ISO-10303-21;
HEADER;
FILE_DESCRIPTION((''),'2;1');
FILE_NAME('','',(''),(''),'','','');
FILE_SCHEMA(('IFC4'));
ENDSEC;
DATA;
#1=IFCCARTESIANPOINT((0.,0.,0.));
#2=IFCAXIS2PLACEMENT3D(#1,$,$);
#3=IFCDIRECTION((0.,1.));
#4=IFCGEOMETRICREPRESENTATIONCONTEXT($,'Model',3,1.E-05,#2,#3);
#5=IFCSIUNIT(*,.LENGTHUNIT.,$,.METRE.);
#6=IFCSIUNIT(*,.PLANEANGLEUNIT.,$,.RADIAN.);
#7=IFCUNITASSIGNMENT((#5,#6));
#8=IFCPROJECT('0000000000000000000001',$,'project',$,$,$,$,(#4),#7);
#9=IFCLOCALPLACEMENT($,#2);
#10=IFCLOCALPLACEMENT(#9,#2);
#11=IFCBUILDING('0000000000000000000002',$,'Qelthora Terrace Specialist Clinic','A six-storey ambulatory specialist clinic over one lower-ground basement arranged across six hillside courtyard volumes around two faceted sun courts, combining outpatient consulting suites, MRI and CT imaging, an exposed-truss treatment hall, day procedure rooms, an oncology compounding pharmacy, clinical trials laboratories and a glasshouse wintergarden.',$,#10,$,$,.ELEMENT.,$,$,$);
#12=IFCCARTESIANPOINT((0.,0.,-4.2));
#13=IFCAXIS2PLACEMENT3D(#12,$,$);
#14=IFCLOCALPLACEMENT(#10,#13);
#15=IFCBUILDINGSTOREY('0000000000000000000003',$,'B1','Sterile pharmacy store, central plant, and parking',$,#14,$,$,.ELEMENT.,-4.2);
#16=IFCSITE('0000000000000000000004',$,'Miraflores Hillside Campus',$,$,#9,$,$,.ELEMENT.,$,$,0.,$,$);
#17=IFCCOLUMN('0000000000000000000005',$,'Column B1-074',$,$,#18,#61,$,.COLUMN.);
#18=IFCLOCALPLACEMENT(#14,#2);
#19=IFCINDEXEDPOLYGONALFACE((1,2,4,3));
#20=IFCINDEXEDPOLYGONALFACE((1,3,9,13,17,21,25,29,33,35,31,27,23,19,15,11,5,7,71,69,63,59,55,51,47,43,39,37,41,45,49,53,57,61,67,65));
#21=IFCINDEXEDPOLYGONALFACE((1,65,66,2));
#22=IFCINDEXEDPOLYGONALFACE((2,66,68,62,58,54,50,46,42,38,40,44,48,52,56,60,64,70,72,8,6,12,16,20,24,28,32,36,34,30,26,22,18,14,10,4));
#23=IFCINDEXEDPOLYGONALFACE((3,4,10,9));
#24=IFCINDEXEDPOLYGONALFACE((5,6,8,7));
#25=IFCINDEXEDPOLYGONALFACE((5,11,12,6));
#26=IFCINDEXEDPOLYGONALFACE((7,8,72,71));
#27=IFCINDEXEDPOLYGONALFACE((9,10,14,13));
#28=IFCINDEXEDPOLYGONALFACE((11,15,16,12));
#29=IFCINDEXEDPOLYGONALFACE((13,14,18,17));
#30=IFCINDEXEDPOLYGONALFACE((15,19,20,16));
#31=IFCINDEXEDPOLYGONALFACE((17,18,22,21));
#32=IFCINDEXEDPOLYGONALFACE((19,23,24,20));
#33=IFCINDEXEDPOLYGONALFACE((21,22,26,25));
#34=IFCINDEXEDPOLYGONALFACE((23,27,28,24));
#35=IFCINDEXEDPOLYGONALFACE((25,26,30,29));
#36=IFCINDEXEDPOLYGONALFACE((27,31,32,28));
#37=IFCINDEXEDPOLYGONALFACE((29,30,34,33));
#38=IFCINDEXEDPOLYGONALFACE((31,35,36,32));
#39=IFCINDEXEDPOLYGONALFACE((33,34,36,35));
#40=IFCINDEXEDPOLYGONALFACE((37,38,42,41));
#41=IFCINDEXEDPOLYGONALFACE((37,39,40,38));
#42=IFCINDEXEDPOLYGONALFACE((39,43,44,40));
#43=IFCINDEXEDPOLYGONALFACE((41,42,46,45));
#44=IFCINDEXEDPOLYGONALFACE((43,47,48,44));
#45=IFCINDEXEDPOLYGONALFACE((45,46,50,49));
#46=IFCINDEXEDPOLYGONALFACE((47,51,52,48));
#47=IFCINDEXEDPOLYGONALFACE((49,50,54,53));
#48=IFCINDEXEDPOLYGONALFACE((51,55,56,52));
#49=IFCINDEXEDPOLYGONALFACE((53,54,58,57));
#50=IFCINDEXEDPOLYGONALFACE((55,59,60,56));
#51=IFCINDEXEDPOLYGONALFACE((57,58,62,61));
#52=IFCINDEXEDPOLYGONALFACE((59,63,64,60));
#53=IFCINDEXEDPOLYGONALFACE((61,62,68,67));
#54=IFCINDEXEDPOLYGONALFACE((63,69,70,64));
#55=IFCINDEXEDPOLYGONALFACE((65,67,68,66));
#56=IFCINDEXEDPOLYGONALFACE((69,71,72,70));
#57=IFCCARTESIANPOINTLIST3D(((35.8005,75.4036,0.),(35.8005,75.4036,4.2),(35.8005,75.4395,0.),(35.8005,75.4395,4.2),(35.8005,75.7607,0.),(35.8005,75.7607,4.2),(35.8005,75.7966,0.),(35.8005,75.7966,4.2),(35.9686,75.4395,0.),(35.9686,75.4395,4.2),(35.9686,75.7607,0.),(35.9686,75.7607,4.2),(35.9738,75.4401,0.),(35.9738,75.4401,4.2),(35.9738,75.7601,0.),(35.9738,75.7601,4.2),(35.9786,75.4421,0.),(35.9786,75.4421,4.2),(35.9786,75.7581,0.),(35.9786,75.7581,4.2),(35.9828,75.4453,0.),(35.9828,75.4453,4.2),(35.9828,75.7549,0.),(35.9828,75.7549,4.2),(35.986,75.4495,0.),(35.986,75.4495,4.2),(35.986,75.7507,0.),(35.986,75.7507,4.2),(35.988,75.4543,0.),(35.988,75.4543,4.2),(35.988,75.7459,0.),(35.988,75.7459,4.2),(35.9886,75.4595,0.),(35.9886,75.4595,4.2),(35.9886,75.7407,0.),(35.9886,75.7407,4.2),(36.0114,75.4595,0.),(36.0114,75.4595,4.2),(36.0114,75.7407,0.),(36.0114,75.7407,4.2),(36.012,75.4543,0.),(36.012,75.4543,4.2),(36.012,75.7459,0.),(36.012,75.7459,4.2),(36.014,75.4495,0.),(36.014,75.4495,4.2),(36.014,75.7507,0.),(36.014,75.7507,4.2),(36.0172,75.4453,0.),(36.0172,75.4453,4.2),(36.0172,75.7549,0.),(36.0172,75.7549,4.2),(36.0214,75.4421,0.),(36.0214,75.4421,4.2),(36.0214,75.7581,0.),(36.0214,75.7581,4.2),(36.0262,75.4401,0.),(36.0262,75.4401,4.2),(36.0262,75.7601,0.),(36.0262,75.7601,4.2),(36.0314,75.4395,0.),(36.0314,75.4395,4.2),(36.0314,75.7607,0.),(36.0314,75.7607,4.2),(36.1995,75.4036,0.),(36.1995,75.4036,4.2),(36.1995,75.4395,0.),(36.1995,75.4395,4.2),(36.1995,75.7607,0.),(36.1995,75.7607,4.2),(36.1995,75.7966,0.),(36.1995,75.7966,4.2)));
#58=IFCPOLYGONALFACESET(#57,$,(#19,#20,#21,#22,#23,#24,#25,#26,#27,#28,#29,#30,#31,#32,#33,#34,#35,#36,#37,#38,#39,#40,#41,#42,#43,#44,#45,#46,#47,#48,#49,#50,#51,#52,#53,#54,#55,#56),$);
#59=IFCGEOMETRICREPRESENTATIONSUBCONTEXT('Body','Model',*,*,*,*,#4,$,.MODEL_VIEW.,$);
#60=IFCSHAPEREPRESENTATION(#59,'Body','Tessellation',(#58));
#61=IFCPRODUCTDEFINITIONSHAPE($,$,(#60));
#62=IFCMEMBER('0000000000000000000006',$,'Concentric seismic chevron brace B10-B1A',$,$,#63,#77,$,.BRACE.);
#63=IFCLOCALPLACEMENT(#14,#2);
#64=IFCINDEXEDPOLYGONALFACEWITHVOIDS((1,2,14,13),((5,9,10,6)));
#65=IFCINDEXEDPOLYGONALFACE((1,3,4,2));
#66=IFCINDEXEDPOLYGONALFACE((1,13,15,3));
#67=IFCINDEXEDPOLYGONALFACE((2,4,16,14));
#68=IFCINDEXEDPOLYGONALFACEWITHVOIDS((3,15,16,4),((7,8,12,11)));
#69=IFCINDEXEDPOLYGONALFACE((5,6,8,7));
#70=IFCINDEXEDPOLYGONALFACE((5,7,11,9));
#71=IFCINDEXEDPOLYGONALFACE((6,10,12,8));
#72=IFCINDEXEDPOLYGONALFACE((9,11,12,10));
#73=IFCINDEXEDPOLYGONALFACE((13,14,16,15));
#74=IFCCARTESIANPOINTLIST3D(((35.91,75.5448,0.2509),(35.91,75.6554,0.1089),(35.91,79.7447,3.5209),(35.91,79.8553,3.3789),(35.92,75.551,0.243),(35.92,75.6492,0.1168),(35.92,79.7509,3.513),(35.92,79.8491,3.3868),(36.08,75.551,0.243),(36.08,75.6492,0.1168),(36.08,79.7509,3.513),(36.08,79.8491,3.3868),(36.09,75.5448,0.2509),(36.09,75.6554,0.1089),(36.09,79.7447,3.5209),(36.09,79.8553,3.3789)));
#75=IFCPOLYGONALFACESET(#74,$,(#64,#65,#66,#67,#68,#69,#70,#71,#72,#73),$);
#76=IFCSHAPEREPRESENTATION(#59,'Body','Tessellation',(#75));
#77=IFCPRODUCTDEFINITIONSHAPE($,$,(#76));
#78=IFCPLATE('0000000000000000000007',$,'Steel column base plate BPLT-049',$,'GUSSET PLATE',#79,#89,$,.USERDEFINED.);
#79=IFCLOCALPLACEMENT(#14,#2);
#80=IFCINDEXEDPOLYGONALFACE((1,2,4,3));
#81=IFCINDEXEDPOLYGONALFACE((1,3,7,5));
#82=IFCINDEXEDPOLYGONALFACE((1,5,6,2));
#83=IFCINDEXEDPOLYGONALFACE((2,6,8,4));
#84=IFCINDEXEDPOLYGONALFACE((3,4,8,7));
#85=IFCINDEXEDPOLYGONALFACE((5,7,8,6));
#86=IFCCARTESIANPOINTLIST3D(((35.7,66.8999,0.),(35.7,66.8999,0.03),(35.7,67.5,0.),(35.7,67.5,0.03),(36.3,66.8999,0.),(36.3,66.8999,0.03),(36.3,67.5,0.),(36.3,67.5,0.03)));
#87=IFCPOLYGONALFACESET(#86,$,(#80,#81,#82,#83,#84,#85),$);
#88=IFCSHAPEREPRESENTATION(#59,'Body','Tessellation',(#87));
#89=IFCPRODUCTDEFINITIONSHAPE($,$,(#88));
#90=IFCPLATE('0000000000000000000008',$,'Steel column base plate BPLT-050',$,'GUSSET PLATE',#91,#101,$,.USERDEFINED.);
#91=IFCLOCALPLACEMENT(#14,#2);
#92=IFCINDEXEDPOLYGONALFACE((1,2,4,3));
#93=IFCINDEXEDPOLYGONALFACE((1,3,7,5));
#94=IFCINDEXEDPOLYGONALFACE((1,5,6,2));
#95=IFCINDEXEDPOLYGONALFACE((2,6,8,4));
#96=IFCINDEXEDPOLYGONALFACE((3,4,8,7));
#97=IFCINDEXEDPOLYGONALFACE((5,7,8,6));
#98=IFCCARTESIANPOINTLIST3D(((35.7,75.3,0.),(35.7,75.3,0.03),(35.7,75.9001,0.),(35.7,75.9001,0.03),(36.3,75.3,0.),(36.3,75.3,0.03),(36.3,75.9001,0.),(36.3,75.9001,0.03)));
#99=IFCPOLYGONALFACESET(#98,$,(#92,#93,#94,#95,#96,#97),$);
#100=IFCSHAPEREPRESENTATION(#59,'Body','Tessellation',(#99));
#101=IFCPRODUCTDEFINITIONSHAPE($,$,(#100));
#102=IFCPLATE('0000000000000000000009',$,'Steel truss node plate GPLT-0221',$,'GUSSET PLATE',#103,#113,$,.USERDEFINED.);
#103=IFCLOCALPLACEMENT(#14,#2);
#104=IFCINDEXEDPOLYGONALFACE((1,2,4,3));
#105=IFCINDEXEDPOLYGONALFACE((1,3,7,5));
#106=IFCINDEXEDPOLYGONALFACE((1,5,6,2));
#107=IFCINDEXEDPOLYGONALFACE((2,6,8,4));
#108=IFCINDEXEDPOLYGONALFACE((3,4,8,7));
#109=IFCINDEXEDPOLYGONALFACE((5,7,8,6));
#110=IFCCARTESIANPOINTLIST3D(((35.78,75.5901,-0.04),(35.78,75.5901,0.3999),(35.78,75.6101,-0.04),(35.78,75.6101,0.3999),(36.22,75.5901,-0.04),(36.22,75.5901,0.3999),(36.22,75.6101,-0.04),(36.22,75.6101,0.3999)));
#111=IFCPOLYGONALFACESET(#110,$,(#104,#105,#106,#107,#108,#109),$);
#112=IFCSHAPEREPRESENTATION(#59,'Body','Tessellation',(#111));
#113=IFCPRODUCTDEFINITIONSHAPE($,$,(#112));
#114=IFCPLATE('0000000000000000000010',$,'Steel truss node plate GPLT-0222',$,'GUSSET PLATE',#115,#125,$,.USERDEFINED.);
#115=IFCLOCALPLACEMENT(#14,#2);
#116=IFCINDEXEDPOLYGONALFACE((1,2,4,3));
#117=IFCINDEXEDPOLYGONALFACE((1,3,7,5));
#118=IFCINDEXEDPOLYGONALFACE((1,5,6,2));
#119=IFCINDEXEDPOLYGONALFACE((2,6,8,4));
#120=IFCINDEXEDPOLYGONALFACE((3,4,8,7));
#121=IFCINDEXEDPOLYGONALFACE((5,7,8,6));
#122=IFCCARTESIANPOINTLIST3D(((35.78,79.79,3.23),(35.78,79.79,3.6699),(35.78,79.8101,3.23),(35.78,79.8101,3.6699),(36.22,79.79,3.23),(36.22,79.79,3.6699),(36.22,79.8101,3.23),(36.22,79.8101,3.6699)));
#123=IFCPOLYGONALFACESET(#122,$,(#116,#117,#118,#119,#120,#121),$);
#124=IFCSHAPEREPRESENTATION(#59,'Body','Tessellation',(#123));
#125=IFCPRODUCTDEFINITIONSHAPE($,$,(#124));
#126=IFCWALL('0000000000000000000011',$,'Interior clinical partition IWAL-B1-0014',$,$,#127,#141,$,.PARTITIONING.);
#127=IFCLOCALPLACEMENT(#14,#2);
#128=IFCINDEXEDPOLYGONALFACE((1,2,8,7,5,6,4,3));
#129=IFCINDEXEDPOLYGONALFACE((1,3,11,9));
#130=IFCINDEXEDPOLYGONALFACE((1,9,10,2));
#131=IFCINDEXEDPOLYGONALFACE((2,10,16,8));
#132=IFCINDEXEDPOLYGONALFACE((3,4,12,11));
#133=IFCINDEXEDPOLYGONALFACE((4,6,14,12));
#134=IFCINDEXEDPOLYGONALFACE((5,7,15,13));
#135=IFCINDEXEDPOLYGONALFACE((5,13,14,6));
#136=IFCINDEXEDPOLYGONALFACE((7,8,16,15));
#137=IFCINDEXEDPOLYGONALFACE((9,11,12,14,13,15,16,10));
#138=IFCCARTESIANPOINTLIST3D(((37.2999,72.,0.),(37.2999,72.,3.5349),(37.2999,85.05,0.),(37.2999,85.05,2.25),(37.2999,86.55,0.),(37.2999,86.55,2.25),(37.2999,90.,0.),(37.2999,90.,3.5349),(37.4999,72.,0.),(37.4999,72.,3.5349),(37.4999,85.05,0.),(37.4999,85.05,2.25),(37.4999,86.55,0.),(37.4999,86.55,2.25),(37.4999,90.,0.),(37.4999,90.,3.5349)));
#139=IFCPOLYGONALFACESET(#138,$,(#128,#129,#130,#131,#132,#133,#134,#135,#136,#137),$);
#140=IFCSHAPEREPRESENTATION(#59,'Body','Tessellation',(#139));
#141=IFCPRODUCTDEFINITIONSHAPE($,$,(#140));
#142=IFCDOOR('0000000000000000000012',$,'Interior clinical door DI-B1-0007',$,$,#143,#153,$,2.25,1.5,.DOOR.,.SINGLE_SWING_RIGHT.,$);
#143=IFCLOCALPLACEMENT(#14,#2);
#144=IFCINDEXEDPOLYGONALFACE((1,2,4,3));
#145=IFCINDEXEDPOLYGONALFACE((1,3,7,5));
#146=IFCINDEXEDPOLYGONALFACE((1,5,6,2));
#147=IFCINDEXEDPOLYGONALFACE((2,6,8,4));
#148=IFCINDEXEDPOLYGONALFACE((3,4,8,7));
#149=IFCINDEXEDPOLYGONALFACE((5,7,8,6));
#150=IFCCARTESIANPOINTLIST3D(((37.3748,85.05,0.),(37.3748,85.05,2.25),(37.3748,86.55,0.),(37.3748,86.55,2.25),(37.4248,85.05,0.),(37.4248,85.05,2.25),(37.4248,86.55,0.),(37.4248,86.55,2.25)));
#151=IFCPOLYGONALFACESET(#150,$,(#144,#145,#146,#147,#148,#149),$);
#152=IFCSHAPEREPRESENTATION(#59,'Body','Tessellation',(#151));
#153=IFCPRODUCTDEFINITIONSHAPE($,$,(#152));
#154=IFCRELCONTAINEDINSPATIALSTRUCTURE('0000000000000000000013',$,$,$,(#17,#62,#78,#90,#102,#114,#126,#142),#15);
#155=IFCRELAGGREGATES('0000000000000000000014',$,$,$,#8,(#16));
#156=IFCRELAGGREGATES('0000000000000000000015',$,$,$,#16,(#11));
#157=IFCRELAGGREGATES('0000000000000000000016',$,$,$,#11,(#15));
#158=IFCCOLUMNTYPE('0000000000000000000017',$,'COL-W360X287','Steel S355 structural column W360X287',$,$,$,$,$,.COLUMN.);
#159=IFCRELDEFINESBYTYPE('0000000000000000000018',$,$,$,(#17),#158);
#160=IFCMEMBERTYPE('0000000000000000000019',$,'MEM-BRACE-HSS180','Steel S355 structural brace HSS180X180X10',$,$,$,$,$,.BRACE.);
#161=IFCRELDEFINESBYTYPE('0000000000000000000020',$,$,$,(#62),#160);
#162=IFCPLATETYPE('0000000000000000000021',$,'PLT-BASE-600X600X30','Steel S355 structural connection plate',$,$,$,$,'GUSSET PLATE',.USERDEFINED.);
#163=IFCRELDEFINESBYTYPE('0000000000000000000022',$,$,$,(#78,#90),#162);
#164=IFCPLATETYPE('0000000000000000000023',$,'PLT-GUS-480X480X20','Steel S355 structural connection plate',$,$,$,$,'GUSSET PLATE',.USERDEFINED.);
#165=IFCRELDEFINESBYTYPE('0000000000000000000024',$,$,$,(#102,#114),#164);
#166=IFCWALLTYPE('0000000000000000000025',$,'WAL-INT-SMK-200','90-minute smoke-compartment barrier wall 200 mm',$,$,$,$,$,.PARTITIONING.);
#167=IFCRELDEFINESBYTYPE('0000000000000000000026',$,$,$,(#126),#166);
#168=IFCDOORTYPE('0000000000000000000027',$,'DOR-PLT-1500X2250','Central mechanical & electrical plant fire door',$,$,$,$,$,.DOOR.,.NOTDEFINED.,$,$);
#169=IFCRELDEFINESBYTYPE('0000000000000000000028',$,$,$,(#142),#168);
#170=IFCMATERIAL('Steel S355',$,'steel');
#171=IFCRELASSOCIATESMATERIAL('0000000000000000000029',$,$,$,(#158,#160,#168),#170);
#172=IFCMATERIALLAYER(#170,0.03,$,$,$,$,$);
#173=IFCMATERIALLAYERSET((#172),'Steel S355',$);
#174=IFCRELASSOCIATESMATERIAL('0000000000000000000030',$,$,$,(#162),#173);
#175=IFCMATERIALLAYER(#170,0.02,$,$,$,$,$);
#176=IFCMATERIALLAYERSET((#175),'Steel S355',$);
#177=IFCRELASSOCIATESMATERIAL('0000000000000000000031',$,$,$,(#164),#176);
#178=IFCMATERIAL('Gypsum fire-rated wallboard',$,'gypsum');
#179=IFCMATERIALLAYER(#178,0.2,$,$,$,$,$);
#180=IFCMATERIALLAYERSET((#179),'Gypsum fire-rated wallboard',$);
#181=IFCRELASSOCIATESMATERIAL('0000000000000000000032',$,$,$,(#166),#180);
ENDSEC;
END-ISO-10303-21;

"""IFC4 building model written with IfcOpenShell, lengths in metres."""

from ifc_helpers import new_model, si_unit, direction, frame, frame_2d, origin, origin_2d, place, context, subcontext, project, spatial, rectangle, hollow_rectangle, i_section, extrude, material, layer, layer_set, material_profile, profile_set, type_object, element, fill, save


model = new_model("IFC4")

# Units and contexts
model_context = context("Model", 3, precision=1e-05, world=origin(), true_north=direction((0.0, 1.0)))
body_context = subcontext(model_context, "Body", "Model", "MODEL_VIEW")
ifc_project = project(units=[si_unit("LENGTHUNIT", "METRE"), si_unit("PLANEANGLEUNIT", "RADIAN")], contexts=[model_context])

# Site, building, storey
site_placement = place(None, origin())
site = spatial("IfcSite", under=ifc_project, at=site_placement, Name="Miraflores Hillside Campus", CompositionType="ELEMENT", RefElevation=0.0)
building_placement = place(site_placement, origin())
building = spatial("IfcBuilding", under=site, at=building_placement, Name="Qelthora Terrace Specialist Clinic", Description="A six-storey ambulatory specialist clinic over one lower-ground basement arranged across six hillside courtyard volumes around two faceted sun courts, combining outpatient consulting suites, MRI and CT imaging, an exposed-truss treatment hall, day procedure rooms, an oncology compounding pharmacy, clinical trials laboratories and a glasshouse wintergarden.", CompositionType="ELEMENT")
storey_placement = place(building_placement, frame((0.0, 0.0, -4.2)))
storey = spatial("IfcBuildingStorey", under=building, at=storey_placement, Name="B1", Description="Sterile pharmacy store, central plant, and parking", CompositionType="ELEMENT", Elevation=-4.2)

# Column
ifc_material_1 = material(Name="Steel S355", Category="steel")
ifc_material_profile_1 = material_profile(ifc_material_1, i_section(OverallWidth=0.3989, OverallDepth=0.3931, WebThickness=0.0227, FlangeThickness=0.0359, FilletRadius=0.02, at=origin_2d()), Name="W360X287")
ifc_profile_set_1 = profile_set([ifc_material_profile_1], Name="Steel S355")
column_type_1 = type_object("IfcColumnType", Name="COL-W360X287", Description="Steel S355 structural column W360X287", PredefinedType="COLUMN", material=ifc_profile_set_1)
column_1_placement = place(storey_placement, frame((36.0, 75.6001, 0.0), z_axis=(0.0, 0.0, 1.0), x_axis=(1.0, 0.0, 0.0)))
element("IfcColumn", 1, at=column_1_placement, inside=storey, type_object=column_type_1, Name="Column B1-074", PredefinedType="COLUMN", context=body_context, shape_type="SweptSolid", body=[
    extrude(i_section(OverallWidth=0.3989, OverallDepth=0.3931, WebThickness=0.0227, FlangeThickness=0.0359, FilletRadius=0.02, at=origin_2d()), origin(), (0.0, 0.0, 1.0), 4.2),
])

# Member
ifc_material_profile_2 = material_profile(ifc_material_1, hollow_rectangle(XDim=0.1799, YDim=0.1799, WallThickness=0.01, at=origin_2d()), Name="HSS180X180X10")
ifc_profile_set_2 = profile_set([ifc_material_profile_2], Name="Steel S355")
member_type = type_object("IfcMemberType", Name="MEM-BRACE-HSS180", Description="Steel S355 structural brace HSS180X180X10", PredefinedType="BRACE", material=ifc_profile_set_2)
member_placement = place(storey_placement, frame((36.0, 75.6001, 0.1799), z_axis=(0.0, 0.789043, 0.614337), x_axis=(-1.0, 0.0, 0.0)))
element("IfcMember", 2, at=member_placement, inside=storey, type_object=member_type, Name="Concentric seismic chevron brace B10-B1A", PredefinedType="BRACE", context=body_context, shape_type="SweptSolid", body=[
    extrude(hollow_rectangle(XDim=0.1799, YDim=0.1799, WallThickness=0.01, at=origin_2d()), origin(), (0.0, 0.0, 1.0), 5.3228),
])

# Plates
ifc_layer_1 = layer(ifc_material_1, 0.03)
ifc_layer_set_1 = layer_set([ifc_layer_1], Name="Steel S355")
plate_type_1 = type_object("IfcPlateType", Name="PLT-BASE-600X600X30", Description="Steel S355 structural connection plate", ElementType="GUSSET PLATE", PredefinedType="USERDEFINED", material=ifc_layer_set_1)
for number, where, z_axis, x_axis, name in (
    (3, (36.0, 67.2, 0.0), (0.0, 0.0, 1.0), (1.0, 0.0, 0.0), "Steel column base plate BPLT-049"),
    (4, (36.0, 75.6001, 0.0), (0.0, 0.0, 1.0), (1.0, 0.0, 0.0), "Steel column base plate BPLT-050"),
):
    element("IfcPlate", number, at=place(storey_placement, frame(where, z_axis=z_axis, x_axis=x_axis)), inside=storey, type_object=plate_type_1, Name=name, ObjectType="GUSSET PLATE", PredefinedType="USERDEFINED", context=body_context, shape_type="SweptSolid", body=[
        extrude(rectangle(XDim=0.6001, YDim=0.6001, at=origin_2d()), origin(), (0.0, 0.0, 1.0), 0.03),
    ])
ifc_layer_2 = layer(ifc_material_1, 0.02)
ifc_layer_set_2 = layer_set([ifc_layer_2], Name="Steel S355")
plate_type_2 = type_object("IfcPlateType", Name="PLT-GUS-480X480X20", Description="Steel S355 structural connection plate", ElementType="GUSSET PLATE", PredefinedType="USERDEFINED", material=ifc_layer_set_2)
for number, where, z_axis, x_axis, name in (
    (5, (36.0, 75.6001, -0.04), (0.0, 0.0, 1.0), (1.0, 0.0, 0.0), "Steel truss node plate GPLT-0221"),
    (6, (36.0, 79.8, 3.23), (0.0, 0.0, 1.0), (1.0, 0.0, 0.0), "Steel truss node plate GPLT-0222"),
):
    element("IfcPlate", number, at=place(storey_placement, frame(where, z_axis=z_axis, x_axis=x_axis)), inside=storey, type_object=plate_type_2, Name=name, ObjectType="GUSSET PLATE", PredefinedType="USERDEFINED", context=body_context, shape_type="SweptSolid", body=[
        extrude(rectangle(XDim=0.4399, YDim=0.02, at=origin_2d()), origin(), (0.0, 0.0, 1.0), 0.4399),
    ])

# Wall, opening, door
ifc_material_2 = material(Name="Gypsum fire-rated wallboard", Category="gypsum")
ifc_layer_3 = layer(ifc_material_2, 0.2)
ifc_layer_set_3 = layer_set([ifc_layer_3], Name="Gypsum fire-rated wallboard")
wall_type = type_object("IfcWallType", Name="WAL-INT-SMK-200", Description="90-minute smoke-compartment barrier wall 200 mm", PredefinedType="PARTITIONING", material=ifc_layer_set_3)
wall_placement = place(storey_placement, frame((37.3999, 72.0, 0.0), z_axis=(0.0, 0.0, 1.0), x_axis=(0.0, 1.0, 0.0)))
wall = element("IfcWall", 7, at=wall_placement, inside=storey, type_object=wall_type, Name="Interior clinical partition IWAL-B1-0014", PredefinedType="PARTITIONING", context=body_context, shape_type="SweptSolid", body=[
    extrude(rectangle(XDim=18.0, YDim=0.2, at=frame_2d((9.0, 0.0))), origin(), (0.0, 0.0, 1.0), 3.5349),
])
opening_placement = place(wall_placement, frame((13.05, 0.0, 0.0)))
opening = element("IfcOpeningElement", 8, at=opening_placement, cuts=wall, PredefinedType="OPENING", context=body_context, shape_type="SweptSolid", body=[
    extrude(rectangle(XDim=1.5, YDim=2.25, at=frame_2d((0.75, 1.125))), frame((0.0, 0.1099, 0.0), z_axis=(0.0, -1.0, 0.0), x_axis=(1.0, 0.0, 0.0)), (0.0, 0.0, 1.0), 0.22),
])
door_type = type_object("IfcDoorType", Name="DOR-PLT-1500X2250", Description="Central mechanical & electrical plant fire door", OperationType="NOTDEFINED", PredefinedType="DOOR", material=ifc_material_1)
door_placement = place(opening_placement, frame((1.5, 0.0, 0.0), z_axis=(0.0, 0.0, 1.0), x_axis=(-1.0, 0.0, 0.0)))
door = element("IfcDoor", 9, at=door_placement, inside=storey, type_object=door_type, Name="Interior clinical door DI-B1-0007", OperationType="SINGLE_SWING_RIGHT", OverallHeight=2.25, OverallWidth=1.5, PredefinedType="DOOR", context=body_context, shape_type="SweptSolid", body=[
    extrude(rectangle(XDim=1.5, YDim=2.25, at=frame_2d((0.75, 1.125))), frame((0.0, 0.0249, 0.0), z_axis=(0.0, -1.0, 0.0), x_axis=(1.0, 0.0, 0.0)), (0.0, 0.0, 1.0), 0.05),
])
fill(opening, door)

save(model, "model.ifc")
